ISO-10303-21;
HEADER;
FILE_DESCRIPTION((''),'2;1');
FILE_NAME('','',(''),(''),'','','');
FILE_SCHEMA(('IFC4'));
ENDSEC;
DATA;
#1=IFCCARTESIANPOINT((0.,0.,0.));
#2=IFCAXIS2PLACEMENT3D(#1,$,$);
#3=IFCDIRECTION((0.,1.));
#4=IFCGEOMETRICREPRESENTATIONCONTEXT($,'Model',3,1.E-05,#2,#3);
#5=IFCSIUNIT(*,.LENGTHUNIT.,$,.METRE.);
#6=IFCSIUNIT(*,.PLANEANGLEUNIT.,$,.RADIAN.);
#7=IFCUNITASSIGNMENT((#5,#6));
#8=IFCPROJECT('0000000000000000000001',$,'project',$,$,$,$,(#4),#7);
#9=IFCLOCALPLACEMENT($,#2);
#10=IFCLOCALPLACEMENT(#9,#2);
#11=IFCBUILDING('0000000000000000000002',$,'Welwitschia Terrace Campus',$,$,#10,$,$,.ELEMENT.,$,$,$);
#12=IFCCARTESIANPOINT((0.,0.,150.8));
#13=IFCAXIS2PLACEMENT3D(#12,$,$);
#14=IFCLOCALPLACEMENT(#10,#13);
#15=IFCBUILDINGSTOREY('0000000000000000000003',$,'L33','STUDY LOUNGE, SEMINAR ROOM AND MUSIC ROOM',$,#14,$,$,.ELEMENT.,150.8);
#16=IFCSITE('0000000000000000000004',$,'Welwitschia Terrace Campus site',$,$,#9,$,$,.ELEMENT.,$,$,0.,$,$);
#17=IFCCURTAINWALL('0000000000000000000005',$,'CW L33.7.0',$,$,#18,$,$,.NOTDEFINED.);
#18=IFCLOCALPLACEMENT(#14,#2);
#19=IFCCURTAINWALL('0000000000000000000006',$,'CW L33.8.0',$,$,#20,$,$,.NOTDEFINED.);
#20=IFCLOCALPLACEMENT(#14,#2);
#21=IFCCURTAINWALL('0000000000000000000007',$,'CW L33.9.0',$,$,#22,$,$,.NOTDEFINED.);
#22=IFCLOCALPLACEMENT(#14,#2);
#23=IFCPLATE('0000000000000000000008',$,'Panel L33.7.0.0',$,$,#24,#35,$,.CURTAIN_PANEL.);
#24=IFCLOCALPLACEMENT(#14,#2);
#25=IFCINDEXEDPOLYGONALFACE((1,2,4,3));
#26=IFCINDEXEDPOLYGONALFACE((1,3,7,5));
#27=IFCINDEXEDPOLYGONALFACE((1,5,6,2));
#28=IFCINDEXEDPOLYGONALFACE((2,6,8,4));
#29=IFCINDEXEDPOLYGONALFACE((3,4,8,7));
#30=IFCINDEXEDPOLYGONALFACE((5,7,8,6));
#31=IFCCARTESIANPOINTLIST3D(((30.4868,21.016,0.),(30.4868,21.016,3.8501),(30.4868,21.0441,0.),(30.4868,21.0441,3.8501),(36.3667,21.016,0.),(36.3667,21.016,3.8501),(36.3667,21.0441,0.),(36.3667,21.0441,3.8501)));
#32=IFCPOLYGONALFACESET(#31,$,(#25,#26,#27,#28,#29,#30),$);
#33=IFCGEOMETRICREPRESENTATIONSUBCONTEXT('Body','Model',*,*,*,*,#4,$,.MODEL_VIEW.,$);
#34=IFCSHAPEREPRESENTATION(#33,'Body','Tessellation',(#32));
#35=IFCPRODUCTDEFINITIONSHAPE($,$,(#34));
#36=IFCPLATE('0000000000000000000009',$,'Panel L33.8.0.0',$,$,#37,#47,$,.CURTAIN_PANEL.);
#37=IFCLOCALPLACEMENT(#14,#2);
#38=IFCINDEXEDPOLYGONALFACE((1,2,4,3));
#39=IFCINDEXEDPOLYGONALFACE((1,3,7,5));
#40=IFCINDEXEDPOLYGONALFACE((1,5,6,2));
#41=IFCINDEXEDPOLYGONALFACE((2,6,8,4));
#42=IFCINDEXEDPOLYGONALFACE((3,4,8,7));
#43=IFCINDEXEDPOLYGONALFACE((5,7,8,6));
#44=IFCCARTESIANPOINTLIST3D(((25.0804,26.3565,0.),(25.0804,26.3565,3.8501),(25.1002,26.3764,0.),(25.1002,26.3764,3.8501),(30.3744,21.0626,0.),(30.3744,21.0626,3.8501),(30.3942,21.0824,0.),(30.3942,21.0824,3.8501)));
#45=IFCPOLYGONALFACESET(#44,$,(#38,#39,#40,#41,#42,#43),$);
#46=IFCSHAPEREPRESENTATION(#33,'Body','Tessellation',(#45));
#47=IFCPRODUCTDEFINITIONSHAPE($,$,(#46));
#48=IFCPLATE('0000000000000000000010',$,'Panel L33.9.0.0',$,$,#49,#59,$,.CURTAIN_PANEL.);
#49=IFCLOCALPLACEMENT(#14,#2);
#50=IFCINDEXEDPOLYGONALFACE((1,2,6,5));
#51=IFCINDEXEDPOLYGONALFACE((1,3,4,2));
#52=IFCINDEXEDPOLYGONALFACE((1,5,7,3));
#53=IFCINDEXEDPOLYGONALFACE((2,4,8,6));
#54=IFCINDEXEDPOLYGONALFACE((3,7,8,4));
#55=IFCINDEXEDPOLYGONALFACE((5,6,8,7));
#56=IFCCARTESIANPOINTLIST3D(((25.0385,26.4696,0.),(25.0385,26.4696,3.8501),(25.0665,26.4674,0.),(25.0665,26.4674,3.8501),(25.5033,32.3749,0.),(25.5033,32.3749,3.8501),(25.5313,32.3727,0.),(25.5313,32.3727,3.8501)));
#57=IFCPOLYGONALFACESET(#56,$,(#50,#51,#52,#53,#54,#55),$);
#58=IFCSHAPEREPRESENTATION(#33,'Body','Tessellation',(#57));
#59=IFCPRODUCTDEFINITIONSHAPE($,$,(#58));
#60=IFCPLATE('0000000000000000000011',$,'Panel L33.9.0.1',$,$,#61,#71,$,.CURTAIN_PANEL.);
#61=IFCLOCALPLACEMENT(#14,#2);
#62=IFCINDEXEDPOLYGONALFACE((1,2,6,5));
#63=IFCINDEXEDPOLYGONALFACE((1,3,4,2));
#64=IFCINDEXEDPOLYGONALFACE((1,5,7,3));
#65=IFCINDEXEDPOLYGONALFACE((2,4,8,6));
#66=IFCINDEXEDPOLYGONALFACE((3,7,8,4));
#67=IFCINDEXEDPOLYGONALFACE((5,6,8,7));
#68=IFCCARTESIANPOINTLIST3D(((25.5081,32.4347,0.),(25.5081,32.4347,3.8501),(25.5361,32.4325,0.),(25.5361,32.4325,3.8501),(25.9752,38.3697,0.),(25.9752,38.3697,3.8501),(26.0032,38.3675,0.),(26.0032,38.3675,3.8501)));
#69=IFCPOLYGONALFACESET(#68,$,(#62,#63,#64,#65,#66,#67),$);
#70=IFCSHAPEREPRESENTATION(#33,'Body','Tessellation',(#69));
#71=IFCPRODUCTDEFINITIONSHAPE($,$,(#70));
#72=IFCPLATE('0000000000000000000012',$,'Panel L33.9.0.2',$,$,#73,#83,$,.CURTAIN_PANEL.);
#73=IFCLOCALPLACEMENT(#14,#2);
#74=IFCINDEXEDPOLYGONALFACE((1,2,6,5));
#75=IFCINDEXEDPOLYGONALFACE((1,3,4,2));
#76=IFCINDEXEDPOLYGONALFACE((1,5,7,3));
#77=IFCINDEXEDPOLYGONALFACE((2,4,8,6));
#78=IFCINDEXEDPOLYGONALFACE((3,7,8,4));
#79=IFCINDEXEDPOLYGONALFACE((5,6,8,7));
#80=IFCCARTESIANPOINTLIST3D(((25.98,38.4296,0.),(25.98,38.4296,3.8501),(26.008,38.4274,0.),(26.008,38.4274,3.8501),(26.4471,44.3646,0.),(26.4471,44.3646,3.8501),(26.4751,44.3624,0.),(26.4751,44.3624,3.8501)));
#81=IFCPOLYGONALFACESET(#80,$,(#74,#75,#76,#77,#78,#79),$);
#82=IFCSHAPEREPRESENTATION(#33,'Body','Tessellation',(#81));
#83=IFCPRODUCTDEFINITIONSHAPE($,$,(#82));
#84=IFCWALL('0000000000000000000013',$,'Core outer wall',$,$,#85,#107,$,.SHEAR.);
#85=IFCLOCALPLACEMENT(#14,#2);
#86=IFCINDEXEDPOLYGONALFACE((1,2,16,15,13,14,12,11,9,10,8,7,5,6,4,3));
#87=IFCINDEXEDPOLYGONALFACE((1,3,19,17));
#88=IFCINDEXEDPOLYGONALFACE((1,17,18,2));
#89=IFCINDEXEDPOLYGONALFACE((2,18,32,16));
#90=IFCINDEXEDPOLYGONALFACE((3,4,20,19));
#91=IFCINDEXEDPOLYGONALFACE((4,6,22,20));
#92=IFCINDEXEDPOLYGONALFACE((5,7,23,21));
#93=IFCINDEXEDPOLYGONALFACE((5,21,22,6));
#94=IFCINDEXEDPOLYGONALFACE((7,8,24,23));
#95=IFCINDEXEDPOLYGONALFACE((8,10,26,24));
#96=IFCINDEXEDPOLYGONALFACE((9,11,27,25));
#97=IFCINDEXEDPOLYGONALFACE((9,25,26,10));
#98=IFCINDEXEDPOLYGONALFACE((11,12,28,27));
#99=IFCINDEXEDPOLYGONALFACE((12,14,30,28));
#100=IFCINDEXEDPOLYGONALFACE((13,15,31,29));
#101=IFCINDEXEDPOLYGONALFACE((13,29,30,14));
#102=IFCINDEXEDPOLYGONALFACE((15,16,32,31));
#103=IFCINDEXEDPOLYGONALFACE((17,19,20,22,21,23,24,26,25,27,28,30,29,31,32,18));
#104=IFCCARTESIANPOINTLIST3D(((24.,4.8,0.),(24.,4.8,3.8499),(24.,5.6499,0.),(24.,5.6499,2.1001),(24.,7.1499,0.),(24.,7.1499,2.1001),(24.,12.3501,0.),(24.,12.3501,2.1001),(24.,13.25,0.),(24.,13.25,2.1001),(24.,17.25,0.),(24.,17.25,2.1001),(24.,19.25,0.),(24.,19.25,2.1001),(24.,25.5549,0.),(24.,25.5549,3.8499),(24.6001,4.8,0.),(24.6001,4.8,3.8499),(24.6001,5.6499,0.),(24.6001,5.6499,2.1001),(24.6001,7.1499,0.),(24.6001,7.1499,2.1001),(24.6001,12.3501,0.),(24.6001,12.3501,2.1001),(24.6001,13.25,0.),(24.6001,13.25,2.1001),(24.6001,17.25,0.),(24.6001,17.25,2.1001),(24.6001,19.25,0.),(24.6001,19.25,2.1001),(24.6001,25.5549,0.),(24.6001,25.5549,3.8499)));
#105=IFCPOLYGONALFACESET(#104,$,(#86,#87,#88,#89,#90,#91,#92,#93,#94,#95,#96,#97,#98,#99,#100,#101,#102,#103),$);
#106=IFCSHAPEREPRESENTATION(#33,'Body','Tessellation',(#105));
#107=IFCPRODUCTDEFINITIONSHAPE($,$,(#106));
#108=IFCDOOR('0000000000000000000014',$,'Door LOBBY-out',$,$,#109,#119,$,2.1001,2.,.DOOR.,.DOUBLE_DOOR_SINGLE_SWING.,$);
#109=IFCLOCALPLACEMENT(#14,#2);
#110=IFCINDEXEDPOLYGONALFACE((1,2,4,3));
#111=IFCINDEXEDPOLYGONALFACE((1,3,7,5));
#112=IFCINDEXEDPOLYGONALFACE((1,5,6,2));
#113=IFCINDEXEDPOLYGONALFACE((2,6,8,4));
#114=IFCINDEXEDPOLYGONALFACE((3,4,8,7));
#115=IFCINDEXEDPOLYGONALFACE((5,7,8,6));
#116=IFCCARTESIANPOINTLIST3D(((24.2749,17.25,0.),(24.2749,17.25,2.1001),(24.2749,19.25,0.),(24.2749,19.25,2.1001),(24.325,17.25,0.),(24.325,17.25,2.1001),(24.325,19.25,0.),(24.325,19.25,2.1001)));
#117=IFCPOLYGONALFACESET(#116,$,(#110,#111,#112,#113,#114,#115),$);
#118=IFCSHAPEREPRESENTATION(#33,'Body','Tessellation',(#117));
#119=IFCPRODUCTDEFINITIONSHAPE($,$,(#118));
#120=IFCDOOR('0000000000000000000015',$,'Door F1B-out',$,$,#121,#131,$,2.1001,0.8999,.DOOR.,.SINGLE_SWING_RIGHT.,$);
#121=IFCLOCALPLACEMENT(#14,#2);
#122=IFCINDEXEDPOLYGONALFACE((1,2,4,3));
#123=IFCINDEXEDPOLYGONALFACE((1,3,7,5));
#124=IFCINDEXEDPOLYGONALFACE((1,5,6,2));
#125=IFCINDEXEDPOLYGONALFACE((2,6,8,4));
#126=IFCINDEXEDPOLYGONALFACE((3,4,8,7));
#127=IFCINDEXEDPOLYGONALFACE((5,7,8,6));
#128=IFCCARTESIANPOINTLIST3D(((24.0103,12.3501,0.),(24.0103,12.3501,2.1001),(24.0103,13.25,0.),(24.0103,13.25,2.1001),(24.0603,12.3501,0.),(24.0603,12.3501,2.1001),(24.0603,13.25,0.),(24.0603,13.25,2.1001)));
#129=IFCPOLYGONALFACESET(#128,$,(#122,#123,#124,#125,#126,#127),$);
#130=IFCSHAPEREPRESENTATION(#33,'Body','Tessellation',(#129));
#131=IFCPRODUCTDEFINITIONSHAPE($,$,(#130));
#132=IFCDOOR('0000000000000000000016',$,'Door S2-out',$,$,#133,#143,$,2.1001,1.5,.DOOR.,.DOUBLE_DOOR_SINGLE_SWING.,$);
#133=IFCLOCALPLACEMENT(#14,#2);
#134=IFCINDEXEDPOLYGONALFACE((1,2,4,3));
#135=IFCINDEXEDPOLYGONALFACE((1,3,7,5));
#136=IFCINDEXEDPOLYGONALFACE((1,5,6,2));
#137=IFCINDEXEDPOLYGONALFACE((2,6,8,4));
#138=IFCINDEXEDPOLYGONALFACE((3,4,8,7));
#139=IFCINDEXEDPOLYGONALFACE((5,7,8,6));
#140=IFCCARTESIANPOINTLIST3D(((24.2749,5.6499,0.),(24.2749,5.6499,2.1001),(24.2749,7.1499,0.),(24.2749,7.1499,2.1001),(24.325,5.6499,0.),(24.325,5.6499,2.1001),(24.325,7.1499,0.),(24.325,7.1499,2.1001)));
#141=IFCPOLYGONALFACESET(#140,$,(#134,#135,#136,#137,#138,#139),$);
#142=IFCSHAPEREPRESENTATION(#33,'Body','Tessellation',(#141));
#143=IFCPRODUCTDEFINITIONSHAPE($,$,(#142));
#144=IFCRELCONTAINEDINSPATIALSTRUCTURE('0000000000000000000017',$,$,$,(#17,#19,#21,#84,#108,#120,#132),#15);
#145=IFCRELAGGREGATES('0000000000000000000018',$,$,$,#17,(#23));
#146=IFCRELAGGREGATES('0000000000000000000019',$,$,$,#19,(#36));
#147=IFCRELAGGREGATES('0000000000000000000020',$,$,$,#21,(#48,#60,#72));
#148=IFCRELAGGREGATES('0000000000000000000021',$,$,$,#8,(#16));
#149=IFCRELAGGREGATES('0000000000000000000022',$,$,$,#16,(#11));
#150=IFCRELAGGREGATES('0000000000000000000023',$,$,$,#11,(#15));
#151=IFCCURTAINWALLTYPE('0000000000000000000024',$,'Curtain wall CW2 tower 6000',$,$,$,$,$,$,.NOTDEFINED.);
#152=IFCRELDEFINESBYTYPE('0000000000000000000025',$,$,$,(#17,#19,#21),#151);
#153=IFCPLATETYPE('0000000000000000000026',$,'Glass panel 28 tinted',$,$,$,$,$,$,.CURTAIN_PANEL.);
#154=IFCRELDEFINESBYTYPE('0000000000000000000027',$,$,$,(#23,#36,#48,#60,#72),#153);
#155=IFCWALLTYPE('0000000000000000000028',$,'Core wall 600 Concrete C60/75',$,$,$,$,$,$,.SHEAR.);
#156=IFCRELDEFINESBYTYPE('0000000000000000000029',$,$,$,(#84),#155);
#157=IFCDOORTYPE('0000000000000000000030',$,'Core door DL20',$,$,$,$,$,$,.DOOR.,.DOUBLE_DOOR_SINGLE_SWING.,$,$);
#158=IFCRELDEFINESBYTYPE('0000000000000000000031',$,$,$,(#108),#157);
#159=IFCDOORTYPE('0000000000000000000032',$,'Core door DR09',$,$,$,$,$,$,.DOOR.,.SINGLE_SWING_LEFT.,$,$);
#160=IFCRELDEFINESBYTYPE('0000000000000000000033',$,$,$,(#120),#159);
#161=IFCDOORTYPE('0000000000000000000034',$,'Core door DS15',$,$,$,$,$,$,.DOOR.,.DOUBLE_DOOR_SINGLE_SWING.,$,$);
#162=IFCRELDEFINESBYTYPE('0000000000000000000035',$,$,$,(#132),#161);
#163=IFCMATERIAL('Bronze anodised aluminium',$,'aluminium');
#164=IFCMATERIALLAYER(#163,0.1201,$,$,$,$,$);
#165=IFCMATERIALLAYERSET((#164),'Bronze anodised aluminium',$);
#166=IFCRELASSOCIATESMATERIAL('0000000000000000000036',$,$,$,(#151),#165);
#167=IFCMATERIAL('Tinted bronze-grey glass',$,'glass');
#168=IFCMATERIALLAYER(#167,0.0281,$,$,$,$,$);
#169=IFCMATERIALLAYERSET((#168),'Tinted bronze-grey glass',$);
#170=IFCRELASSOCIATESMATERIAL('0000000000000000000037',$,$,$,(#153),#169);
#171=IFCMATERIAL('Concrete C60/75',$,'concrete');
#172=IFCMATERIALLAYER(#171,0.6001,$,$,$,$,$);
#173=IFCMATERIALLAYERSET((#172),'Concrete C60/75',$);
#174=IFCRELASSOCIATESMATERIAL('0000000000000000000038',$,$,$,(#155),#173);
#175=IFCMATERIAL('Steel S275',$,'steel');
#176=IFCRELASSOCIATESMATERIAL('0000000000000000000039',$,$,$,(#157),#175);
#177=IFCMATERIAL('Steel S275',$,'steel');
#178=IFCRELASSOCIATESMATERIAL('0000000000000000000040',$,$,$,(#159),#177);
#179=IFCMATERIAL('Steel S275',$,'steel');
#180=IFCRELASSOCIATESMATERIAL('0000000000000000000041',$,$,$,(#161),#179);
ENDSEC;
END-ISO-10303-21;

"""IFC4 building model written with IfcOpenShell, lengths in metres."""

from ifc_helpers import new_model, si_unit, direction, frame, frame_2d, origin, origin_2d, place, context, subcontext, project, spatial, rectangle, extrude, material, layer, layer_set, type_object, element, fill, aggregate, save


model = new_model("IFC4")

# Units and contexts
model_context = context("Model", 3, precision=1e-05, world=origin(), true_north=direction((0.0, 1.0)))
body_context = subcontext(model_context, "Body", "Model", "MODEL_VIEW")
ifc_project = project(units=[si_unit("LENGTHUNIT", "METRE"), si_unit("PLANEANGLEUNIT", "RADIAN")], contexts=[model_context])

# Site, building, storey
site_placement = place(None, origin())
site = spatial("IfcSite", under=ifc_project, at=site_placement, Name="Welwitschia Terrace Campus site", CompositionType="ELEMENT", RefElevation=0.0)
building_placement = place(site_placement, origin())
building = spatial("IfcBuilding", under=site, at=building_placement, Name="Welwitschia Terrace Campus", CompositionType="ELEMENT")
storey_placement = place(building_placement, frame((0.0, 0.0, 150.8)))
storey = spatial("IfcBuildingStorey", under=building, at=storey_placement, Name="L33", Description="STUDY LOUNGE, SEMINAR ROOM AND MUSIC ROOM", CompositionType="ELEMENT", Elevation=150.8)

# Shared definitions
ifc_material_1 = material(Name="Bronze anodised aluminium", Category="aluminium")
ifc_layer_1 = layer(ifc_material_1, 0.1201)
ifc_layer_set_1 = layer_set([ifc_layer_1], Name="Bronze anodised aluminium")
curtain_wall_type = type_object("IfcCurtainWallType", Name="Curtain wall CW2 tower 6000", PredefinedType="NOTDEFINED", material=ifc_layer_set_1)

# Curtain walls
curtain_wall_1_placement = place(storey_placement, origin())
curtain_wall_1 = element("IfcCurtainWall", 1, at=curtain_wall_1_placement, inside=storey, type_object=curtain_wall_type, Name="CW L33.7.0", PredefinedType="NOTDEFINED")
curtain_wall_2_placement = place(storey_placement, origin())
curtain_wall_2 = element("IfcCurtainWall", 2, at=curtain_wall_2_placement, inside=storey, type_object=curtain_wall_type, Name="CW L33.8.0", PredefinedType="NOTDEFINED")
curtain_wall_3_placement = place(storey_placement, origin())
curtain_wall_3 = element("IfcCurtainWall", 3, at=curtain_wall_3_placement, inside=storey, type_object=curtain_wall_type, Name="CW L33.9.0", PredefinedType="NOTDEFINED")

# Plates
ifc_material_2 = material(Name="Tinted bronze-grey glass", Category="glass")
ifc_layer_2 = layer(ifc_material_2, 0.0281)
ifc_layer_set_2 = layer_set([ifc_layer_2], Name="Tinted bronze-grey glass")
plate_type = type_object("IfcPlateType", Name="Glass panel 28 tinted", PredefinedType="CURTAIN_PANEL", material=ifc_layer_set_2)
plate_1_placement = place(storey_placement, frame((33.4268, 21.03, 0.0), z_axis=(0.0, 0.0, 1.0), x_axis=(-1.0, 0.0, 0.0)))
plate_1 = element("IfcPlate", 4, at=plate_1_placement, type_object=plate_type, Name="Panel L33.7.0.0", PredefinedType="CURTAIN_PANEL", context=body_context, shape_type="SweptSolid", body=[
    extrude(rectangle(XDim=5.8799, YDim=0.0281, at=origin_2d()), origin(), (0.0, 0.0, 1.0), 3.8501),
])
aggregate(curtain_wall_1, [plate_1])
plate_2_placement = place(storey_placement, frame((27.7373, 23.7195, 0.0), z_axis=(0.0, 0.0, 1.0), x_axis=(-0.707107, 0.707107, 0.0)))
plate_2 = element("IfcPlate", 5, at=plate_2_placement, type_object=plate_type, Name="Panel L33.8.0.0", PredefinedType="CURTAIN_PANEL", context=body_context, shape_type="SweptSolid", body=[
    extrude(rectangle(XDim=7.4868, YDim=0.0281, at=origin_2d()), origin(), (0.0, 0.0, 1.0), 3.8501),
])
aggregate(curtain_wall_2, [plate_2])
plate_3_placement = place(storey_placement, frame((25.2849, 29.4211, 0.0), z_axis=(0.0, 0.0, 1.0), x_axis=(0.078459, 0.996917, 0.0)))
plate_3 = element("IfcPlate", 6, at=plate_3_placement, type_object=plate_type, Name="Panel L33.9.0.0", PredefinedType="CURTAIN_PANEL", context=body_context, shape_type="SweptSolid", body=[
    extrude(rectangle(XDim=5.9236, YDim=0.0281, at=origin_2d()), origin(), (0.0, 0.0, 1.0), 3.8501),
])
plate_4_placement = place(storey_placement, frame((25.7556, 35.4011, 0.0), z_axis=(0.0, 0.0, 1.0), x_axis=(0.078459, 0.996917, 0.0)))
plate_4 = element("IfcPlate", 7, at=plate_4_placement, type_object=plate_type, Name="Panel L33.9.0.1", PredefinedType="CURTAIN_PANEL", context=body_context, shape_type="SweptSolid", body=[
    extrude(rectangle(XDim=5.9534, YDim=0.0281, at=origin_2d()), origin(), (0.0, 0.0, 1.0), 3.8501),
])
plate_5_placement = place(storey_placement, frame((26.2275, 41.396, 0.0), z_axis=(0.0, 0.0, 1.0), x_axis=(0.078459, 0.996917, 0.0)))
plate_5 = element("IfcPlate", 8, at=plate_5_placement, type_object=plate_type, Name="Panel L33.9.0.2", PredefinedType="CURTAIN_PANEL", context=body_context, shape_type="SweptSolid", body=[
    extrude(rectangle(XDim=5.9534, YDim=0.0281, at=origin_2d()), origin(), (0.0, 0.0, 1.0), 3.8501),
])
aggregate(curtain_wall_3, [plate_3, plate_4, plate_5])

# Wall, openings, doors
ifc_material_3 = material(Name="Concrete C60/75", Category="concrete")
ifc_layer_3 = layer(ifc_material_3, 0.6001)
ifc_layer_set_3 = layer_set([ifc_layer_3], Name="Concrete C60/75")
wall_type = type_object("IfcWallType", Name="Core wall 600 Concrete C60/75", PredefinedType="SHEAR", material=ifc_layer_set_3)
wall_placement = place(storey_placement, frame((24.3, 25.5549, 0.0), z_axis=(0.0, 0.0, 1.0), x_axis=(0.0, -1.0, 0.0)))
wall = element("IfcWall", 9, at=wall_placement, inside=storey, type_object=wall_type, Name="Core outer wall", PredefinedType="SHEAR", context=body_context, shape_type="SweptSolid", body=[
    extrude(rectangle(XDim=20.7549, YDim=0.6001, at=frame_2d((10.3774, 0.0))), origin(), (0.0, 0.0, 1.0), 3.8499),
])
opening_1_placement = place(wall_placement, frame((18.405, 0.0, 0.0)))
opening_1 = element("IfcOpeningElement", 10, at=opening_1_placement, cuts=wall, PredefinedType="OPENING", context=body_context, shape_type="SweptSolid", body=[
    extrude(rectangle(XDim=1.5, YDim=2.1001, at=frame_2d((0.75, 1.05))), frame((0.0, 0.3101, 0.0), z_axis=(0.0, -1.0, 0.0), x_axis=(1.0, 0.0, 0.0)), (0.0, 0.0, 1.0), 0.6201),
])
opening_2_placement = place(wall_placement, frame((12.3049, 0.0, 0.0)))
opening_2 = element("IfcOpeningElement", 11, at=opening_2_placement, cuts=wall, PredefinedType="OPENING", context=body_context, shape_type="SweptSolid", body=[
    extrude(rectangle(XDim=0.8999, YDim=2.1001, at=frame_2d((0.45, 1.05))), frame((0.0, 0.3101, 0.0), z_axis=(0.0, -1.0, 0.0), x_axis=(1.0, 0.0, 0.0)), (0.0, 0.0, 1.0), 0.6201),
])
opening_3_placement = place(wall_placement, frame((6.3049, 0.0, 0.0)))
opening_3 = element("IfcOpeningElement", 12, at=opening_3_placement, cuts=wall, PredefinedType="OPENING", context=body_context, shape_type="SweptSolid", body=[
    extrude(rectangle(XDim=2.0, YDim=2.1001, at=frame_2d((1.0, 1.05))), frame((0.0, 0.3101, 0.0), z_axis=(0.0, -1.0, 0.0), x_axis=(1.0, 0.0, 0.0)), (0.0, 0.0, 1.0), 0.6201),
])
ifc_material_4 = material(Name="Steel S275", Category="steel")
door_type_1 = type_object("IfcDoorType", Name="Core door DL20", OperationType="DOUBLE_DOOR_SINGLE_SWING", PredefinedType="DOOR", material=ifc_material_4)
door_1_placement = place(opening_3_placement, origin())
door_1 = element("IfcDoor", 13, at=door_1_placement, inside=storey, type_object=door_type_1, Name="Door LOBBY-out", OperationType="DOUBLE_DOOR_SINGLE_SWING", OverallHeight=2.1001, OverallWidth=2.0, PredefinedType="DOOR", context=body_context, shape_type="SweptSolid", body=[
    extrude(rectangle(XDim=2.0, YDim=2.1001, at=frame_2d((1.0, 1.05))), frame((0.0, 0.0249, 0.0), z_axis=(0.0, -1.0, 0.0), x_axis=(1.0, 0.0, 0.0)), (0.0, 0.0, 1.0), 0.05),
])
fill(opening_3, door_1)
ifc_material_5 = material(Name="Steel S275", Category="steel")
door_type_2 = type_object("IfcDoorType", Name="Core door DR09", OperationType="SINGLE_SWING_LEFT", PredefinedType="DOOR", material=ifc_material_5)
door_2_placement = place(opening_2_placement, origin())
door_2 = element("IfcDoor", 14, at=door_2_placement, inside=storey, type_object=door_type_2, Name="Door F1B-out", OperationType="SINGLE_SWING_RIGHT", OverallHeight=2.1001, OverallWidth=0.8999, PredefinedType="DOOR", context=body_context, shape_type="SweptSolid", body=[
    extrude(rectangle(XDim=0.8999, YDim=2.1001, at=frame_2d((0.45, 1.05))), frame((0.0, -0.2397, 0.0), z_axis=(0.0, -1.0, 0.0), x_axis=(1.0, 0.0, 0.0)), (0.0, 0.0, 1.0), 0.05),
])
fill(opening_2, door_2)
ifc_material_6 = material(Name="Steel S275", Category="steel")
door_type_3 = type_object("IfcDoorType", Name="Core door DS15", OperationType="DOUBLE_DOOR_SINGLE_SWING", PredefinedType="DOOR", material=ifc_material_6)
door_3_placement = place(opening_1_placement, origin())
door_3 = element("IfcDoor", 15, at=door_3_placement, inside=storey, type_object=door_type_3, Name="Door S2-out", OperationType="DOUBLE_DOOR_SINGLE_SWING", OverallHeight=2.1001, OverallWidth=1.5, PredefinedType="DOOR", context=body_context, shape_type="SweptSolid", body=[
    extrude(rectangle(XDim=1.5, YDim=2.1001, at=frame_2d((0.75, 1.05))), frame((0.0, 0.0249, 0.0), z_axis=(0.0, -1.0, 0.0), x_axis=(1.0, 0.0, 0.0)), (0.0, 0.0, 1.0), 0.05),
])
fill(opening_1, door_3)

save(model, "model.ifc")
